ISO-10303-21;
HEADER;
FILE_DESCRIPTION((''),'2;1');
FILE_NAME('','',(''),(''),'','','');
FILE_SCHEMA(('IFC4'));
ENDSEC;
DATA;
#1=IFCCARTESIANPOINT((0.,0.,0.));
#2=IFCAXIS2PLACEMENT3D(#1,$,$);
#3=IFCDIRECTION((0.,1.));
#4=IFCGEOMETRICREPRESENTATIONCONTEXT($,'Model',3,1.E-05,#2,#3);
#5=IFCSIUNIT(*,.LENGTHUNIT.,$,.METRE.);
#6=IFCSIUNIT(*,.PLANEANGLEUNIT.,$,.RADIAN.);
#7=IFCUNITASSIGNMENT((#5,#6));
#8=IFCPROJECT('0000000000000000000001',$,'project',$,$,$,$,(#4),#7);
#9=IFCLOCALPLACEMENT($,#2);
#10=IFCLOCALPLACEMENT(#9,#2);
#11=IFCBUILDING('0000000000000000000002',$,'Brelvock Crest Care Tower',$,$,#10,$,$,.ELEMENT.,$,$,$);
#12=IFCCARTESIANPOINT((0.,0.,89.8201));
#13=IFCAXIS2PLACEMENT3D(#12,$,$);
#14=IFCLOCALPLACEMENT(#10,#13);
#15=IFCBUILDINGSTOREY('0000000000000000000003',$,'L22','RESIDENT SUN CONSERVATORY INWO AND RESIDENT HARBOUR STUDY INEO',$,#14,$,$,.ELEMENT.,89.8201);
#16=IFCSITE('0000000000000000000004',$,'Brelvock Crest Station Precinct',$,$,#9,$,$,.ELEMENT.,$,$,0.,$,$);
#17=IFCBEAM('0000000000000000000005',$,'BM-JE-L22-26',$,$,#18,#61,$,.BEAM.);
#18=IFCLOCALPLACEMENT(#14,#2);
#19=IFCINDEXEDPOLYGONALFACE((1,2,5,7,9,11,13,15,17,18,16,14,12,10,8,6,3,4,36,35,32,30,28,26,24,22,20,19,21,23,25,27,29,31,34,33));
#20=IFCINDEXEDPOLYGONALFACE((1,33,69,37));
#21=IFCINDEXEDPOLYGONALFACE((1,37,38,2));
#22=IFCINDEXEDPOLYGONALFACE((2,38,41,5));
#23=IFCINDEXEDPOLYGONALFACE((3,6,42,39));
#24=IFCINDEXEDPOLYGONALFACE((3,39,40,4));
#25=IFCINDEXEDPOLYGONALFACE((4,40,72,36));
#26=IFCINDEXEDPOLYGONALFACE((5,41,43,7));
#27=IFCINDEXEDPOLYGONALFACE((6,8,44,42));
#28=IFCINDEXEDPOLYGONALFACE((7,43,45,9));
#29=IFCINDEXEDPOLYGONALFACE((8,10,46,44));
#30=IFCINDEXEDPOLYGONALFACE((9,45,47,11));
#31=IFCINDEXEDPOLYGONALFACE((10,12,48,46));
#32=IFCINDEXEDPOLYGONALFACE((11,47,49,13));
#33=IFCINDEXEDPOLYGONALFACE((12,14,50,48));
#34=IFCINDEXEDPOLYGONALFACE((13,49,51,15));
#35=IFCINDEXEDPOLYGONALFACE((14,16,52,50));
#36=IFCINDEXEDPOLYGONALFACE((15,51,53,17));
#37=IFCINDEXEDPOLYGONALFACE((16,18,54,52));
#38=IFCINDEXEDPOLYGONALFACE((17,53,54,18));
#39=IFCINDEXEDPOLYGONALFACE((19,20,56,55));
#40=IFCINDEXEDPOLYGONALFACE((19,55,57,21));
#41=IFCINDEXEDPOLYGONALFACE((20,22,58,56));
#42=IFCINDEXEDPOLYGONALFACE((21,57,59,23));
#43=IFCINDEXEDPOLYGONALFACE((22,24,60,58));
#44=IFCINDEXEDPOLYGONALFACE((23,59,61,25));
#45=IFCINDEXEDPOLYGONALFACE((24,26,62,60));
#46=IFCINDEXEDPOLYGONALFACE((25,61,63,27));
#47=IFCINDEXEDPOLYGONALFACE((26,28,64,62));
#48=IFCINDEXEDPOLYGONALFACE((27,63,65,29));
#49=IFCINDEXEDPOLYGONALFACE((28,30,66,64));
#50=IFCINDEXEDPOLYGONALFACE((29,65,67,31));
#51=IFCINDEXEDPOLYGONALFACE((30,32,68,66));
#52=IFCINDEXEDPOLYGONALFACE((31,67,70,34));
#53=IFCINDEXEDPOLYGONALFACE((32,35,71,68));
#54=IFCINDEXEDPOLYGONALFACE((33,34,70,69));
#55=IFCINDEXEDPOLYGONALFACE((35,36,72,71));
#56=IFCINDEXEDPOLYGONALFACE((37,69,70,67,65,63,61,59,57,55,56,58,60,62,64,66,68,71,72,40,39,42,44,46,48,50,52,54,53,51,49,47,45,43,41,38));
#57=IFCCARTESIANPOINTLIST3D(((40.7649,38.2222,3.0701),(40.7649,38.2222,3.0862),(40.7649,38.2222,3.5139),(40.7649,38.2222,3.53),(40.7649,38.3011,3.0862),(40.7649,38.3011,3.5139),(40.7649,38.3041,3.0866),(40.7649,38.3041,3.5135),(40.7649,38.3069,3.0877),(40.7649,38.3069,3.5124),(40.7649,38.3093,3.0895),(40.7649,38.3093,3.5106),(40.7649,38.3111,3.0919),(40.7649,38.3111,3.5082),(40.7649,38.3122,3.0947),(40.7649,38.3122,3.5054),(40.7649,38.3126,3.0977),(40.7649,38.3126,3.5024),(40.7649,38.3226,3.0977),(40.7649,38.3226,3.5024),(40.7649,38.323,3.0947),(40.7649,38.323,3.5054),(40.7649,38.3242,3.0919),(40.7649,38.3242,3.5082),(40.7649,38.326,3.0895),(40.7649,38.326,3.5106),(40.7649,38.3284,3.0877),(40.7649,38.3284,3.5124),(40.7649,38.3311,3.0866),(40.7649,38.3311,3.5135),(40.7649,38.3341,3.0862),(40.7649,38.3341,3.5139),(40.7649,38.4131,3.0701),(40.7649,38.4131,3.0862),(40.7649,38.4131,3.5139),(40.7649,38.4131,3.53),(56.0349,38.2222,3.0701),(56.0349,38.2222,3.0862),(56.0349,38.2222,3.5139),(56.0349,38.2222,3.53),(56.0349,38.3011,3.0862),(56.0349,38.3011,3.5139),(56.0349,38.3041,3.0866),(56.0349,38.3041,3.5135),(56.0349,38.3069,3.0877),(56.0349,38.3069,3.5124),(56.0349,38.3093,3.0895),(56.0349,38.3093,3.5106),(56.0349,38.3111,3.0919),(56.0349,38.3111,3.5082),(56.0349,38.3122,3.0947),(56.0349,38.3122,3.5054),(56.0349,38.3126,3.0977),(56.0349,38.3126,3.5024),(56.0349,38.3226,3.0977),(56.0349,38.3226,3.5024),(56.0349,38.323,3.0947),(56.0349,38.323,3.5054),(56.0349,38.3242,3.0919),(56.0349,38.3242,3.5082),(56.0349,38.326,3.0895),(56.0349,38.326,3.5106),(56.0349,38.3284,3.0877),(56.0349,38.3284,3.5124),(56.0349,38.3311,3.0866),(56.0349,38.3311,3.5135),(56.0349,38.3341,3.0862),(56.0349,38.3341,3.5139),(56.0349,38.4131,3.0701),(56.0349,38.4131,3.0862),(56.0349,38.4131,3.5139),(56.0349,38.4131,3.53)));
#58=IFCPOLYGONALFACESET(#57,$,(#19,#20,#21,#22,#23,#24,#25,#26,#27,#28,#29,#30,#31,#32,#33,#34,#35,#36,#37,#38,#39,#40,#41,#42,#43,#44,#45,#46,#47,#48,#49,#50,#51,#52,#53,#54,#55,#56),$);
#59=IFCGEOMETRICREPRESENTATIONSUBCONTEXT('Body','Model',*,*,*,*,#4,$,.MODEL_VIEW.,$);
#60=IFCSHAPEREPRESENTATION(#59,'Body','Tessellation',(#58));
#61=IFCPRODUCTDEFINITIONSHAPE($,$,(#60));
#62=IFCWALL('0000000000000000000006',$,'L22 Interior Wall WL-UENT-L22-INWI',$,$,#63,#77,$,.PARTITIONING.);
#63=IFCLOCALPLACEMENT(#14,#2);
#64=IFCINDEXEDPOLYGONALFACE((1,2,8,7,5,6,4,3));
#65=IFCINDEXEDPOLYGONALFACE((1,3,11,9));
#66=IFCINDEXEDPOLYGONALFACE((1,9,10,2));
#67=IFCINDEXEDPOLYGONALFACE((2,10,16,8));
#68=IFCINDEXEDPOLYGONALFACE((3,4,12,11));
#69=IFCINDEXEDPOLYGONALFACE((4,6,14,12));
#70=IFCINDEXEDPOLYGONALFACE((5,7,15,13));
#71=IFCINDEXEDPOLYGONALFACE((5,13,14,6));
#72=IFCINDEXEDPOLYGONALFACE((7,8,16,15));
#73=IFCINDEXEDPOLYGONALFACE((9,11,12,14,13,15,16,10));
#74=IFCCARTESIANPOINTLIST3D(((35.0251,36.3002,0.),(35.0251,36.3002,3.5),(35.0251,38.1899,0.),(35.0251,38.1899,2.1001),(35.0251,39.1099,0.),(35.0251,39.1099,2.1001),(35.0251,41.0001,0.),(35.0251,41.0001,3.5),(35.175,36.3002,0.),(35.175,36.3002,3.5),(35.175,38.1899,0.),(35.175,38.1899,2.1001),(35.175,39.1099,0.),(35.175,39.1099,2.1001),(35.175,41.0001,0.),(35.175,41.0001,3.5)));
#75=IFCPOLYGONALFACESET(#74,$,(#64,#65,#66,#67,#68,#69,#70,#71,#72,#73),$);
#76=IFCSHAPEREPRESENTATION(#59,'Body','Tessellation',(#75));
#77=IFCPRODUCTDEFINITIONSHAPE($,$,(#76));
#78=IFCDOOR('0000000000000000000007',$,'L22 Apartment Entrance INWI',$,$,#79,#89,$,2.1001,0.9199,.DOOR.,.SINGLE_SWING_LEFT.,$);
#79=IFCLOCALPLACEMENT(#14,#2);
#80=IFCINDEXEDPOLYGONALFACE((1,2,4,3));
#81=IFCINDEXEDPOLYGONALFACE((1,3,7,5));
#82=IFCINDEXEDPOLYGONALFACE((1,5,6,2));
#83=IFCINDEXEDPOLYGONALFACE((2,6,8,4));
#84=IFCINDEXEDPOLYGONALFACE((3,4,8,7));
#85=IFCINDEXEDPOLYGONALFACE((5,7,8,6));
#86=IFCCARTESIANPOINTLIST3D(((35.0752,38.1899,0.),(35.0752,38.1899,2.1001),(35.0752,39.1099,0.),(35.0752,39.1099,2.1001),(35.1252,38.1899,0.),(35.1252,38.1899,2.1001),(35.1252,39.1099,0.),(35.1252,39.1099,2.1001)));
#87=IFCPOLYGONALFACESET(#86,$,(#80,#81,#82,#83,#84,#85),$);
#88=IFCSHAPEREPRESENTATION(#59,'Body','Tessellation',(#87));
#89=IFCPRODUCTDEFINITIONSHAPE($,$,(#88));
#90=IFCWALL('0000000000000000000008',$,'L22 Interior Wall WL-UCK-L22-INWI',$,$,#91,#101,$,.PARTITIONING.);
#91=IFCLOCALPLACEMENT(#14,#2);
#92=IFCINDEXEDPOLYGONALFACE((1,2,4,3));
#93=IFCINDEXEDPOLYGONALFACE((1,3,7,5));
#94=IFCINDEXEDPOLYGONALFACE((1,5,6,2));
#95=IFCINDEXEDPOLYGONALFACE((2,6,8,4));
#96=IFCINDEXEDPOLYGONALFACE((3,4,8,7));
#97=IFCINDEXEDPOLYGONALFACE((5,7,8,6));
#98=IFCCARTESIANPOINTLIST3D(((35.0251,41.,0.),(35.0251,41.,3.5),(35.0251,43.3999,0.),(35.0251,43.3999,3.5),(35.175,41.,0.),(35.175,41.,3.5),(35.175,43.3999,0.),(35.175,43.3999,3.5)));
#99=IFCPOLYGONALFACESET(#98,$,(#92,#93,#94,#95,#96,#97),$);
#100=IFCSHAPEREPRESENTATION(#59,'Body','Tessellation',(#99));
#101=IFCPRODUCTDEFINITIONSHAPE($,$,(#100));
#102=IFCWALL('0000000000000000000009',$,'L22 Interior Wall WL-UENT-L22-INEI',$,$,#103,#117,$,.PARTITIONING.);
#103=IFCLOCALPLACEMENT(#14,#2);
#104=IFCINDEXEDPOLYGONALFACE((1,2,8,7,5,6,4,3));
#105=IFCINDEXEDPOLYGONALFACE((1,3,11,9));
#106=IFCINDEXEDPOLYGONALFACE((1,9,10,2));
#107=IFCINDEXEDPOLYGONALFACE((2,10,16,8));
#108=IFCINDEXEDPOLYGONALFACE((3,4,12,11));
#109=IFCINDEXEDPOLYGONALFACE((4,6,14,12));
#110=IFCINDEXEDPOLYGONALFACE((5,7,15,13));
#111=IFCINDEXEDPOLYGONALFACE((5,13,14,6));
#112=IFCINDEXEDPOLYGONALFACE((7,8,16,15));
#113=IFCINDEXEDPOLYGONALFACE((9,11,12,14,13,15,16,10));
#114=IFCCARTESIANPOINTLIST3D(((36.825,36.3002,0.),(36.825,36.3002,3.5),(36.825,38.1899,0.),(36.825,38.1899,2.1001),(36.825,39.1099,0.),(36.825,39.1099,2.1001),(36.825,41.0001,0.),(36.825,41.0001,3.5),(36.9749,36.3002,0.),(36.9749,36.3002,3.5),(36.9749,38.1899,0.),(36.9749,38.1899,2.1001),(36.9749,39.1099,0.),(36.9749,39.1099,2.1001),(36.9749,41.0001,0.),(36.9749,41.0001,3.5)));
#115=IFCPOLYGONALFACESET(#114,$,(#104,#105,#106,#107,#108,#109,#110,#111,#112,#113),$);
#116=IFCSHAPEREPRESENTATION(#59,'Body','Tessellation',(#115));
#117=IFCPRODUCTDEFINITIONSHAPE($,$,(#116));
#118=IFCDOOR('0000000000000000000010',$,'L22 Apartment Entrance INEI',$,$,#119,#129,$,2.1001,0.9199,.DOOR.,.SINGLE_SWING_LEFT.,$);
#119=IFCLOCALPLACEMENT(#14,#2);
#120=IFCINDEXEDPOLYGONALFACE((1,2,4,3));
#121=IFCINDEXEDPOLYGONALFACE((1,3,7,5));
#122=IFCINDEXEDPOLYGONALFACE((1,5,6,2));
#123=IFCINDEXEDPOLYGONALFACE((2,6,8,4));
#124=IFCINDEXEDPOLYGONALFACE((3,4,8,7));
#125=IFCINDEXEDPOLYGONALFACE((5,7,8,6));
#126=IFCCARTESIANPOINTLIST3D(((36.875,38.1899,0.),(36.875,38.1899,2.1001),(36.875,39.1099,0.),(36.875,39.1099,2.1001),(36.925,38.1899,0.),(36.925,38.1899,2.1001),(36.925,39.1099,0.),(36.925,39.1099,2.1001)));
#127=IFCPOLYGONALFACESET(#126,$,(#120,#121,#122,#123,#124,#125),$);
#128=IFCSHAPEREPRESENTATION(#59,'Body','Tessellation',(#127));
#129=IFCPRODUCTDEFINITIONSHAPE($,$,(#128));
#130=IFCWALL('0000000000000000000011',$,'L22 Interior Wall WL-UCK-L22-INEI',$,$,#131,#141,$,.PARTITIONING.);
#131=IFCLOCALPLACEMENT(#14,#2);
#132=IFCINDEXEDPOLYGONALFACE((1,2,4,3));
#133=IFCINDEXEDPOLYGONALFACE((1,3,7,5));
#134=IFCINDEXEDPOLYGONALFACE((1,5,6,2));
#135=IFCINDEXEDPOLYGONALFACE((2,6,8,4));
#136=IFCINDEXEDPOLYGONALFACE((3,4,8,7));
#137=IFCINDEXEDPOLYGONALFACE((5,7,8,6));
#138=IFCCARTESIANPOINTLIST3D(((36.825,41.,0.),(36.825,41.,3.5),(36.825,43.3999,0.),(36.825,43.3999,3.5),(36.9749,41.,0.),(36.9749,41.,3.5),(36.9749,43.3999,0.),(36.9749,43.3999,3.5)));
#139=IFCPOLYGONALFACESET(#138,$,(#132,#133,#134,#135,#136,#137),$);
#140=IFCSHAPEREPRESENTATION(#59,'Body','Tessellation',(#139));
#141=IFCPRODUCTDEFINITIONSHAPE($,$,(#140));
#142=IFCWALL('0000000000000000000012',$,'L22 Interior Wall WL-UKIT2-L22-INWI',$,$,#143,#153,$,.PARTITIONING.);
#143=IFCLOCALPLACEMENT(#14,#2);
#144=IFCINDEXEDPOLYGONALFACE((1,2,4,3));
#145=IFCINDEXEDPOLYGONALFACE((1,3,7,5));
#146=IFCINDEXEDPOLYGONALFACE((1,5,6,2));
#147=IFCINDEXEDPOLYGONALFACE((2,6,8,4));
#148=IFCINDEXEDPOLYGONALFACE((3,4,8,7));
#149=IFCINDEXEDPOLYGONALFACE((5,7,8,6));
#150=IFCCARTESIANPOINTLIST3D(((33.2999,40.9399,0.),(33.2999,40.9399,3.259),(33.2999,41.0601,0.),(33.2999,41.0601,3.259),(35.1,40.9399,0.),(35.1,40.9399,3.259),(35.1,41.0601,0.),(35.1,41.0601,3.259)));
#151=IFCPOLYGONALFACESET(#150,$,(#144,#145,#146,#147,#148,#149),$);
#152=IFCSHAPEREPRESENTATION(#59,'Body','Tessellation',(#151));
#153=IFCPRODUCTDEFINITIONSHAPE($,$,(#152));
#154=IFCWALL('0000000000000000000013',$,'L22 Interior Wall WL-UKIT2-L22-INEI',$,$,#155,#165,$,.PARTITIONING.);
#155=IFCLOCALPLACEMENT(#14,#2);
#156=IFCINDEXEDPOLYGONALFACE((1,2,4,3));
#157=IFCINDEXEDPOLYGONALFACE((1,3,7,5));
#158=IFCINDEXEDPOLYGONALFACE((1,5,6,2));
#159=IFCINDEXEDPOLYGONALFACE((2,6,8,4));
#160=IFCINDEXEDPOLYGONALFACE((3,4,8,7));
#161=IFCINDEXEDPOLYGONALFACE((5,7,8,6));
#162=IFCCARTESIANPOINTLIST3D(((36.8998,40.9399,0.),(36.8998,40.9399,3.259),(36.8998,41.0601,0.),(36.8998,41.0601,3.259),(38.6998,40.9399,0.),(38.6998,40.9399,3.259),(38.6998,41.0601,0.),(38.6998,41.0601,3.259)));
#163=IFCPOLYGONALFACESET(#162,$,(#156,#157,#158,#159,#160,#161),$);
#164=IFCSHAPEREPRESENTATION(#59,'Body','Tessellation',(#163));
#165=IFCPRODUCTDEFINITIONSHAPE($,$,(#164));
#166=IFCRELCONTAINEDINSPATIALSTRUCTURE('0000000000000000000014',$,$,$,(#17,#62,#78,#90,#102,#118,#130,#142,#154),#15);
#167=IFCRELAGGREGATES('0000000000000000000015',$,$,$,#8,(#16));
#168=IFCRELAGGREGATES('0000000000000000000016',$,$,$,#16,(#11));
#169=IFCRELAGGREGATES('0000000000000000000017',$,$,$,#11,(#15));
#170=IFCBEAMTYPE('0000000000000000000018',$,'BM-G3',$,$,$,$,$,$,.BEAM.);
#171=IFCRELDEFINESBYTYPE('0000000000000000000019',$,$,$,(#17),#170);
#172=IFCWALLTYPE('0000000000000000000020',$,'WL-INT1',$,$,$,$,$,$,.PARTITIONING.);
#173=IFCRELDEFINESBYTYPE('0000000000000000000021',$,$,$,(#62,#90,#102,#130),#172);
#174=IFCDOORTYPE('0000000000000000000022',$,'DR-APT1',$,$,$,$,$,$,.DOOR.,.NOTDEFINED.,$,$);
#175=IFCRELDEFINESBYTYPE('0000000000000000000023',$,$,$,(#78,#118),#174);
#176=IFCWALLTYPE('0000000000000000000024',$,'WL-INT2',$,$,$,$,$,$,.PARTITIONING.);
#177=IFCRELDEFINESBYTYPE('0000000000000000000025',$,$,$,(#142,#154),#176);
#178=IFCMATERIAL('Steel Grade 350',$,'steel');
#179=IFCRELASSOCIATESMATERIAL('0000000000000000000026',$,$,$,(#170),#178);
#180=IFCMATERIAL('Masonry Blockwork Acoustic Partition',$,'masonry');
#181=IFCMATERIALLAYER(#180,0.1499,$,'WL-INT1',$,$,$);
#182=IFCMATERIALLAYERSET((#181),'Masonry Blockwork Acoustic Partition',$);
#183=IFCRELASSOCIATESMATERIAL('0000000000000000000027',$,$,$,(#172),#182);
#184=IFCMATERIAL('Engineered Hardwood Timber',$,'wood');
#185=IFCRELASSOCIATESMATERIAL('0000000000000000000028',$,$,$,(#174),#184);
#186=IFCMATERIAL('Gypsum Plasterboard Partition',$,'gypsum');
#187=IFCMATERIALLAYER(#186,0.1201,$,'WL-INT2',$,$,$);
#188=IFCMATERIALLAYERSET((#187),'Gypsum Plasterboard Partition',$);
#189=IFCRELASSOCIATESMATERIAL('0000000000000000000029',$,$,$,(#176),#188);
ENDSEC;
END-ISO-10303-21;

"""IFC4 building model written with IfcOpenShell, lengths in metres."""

from ifc_helpers import new_model, si_unit, direction, frame, frame_2d, origin, origin_2d, place, context, subcontext, project, spatial, rectangle, i_section, extrude, source, transform, mapped, material, layer, layer_set, material_profile, profile_set, type_object, element, fill, save


model = new_model("IFC4")

# Units and contexts
model_context = context("Model", 3, precision=1e-05, world=origin(), true_north=direction((0.0, 1.0)))
body_context = subcontext(model_context, "Body", "Model", "MODEL_VIEW")
ifc_project = project(units=[si_unit("LENGTHUNIT", "METRE"), si_unit("PLANEANGLEUNIT", "RADIAN")], contexts=[model_context])

# Site, building, storey
site_placement = place(None, origin())
site = spatial("IfcSite", under=ifc_project, at=site_placement, Name="Brelvock Crest Station Precinct", CompositionType="ELEMENT", RefElevation=0.0)
building_placement = place(site_placement, origin())
building = spatial("IfcBuilding", under=site, at=building_placement, Name="Brelvock Crest Care Tower", CompositionType="ELEMENT")
storey_placement = place(building_placement, frame((0.0, 0.0, 89.8201)))
storey = spatial("IfcBuildingStorey", under=building, at=storey_placement, Name="L22", Description="RESIDENT SUN CONSERVATORY INWO AND RESIDENT HARBOUR STUDY INEO", CompositionType="ELEMENT", Elevation=89.8201)

# Beam
ifc_material_1 = material(Name="Steel Grade 350", Category="steel")
ifc_material_profile_1 = material_profile(ifc_material_1, i_section(OverallWidth=0.1909, OverallDepth=0.46, WebThickness=0.01, FlangeThickness=0.0161, FilletRadius=0.0115, at=origin_2d()), Name="460UB82.1")
ifc_profile_set_1 = profile_set([ifc_material_profile_1], Name="Steel Grade 350")
beam_type_1 = type_object("IfcBeamType", Name="BM-G3", PredefinedType="BEAM", material=ifc_profile_set_1)
shared_shape_1 = source(origin(), body_context, "Body", "SweptSolid", [
    extrude(i_section(OverallWidth=0.1909, OverallDepth=0.46, WebThickness=0.01, FlangeThickness=0.0161, FilletRadius=0.0115, at=origin_2d()), origin(), (0.0, 0.0, 1.0), 15.27),
])
for number, where, z_axis, x_axis, name in (
    (1, (40.7649, 38.3176, 3.3), (1.0, 0.0, 0.0), (0.0, 1.0, 0.0), "BM-JE-L22-26"),
):
    element("IfcBeam", number, at=place(storey_placement, frame(where, z_axis=z_axis, x_axis=x_axis)), inside=storey, type_object=beam_type_1, Name=name, PredefinedType="BEAM", context=body_context, shape_type="MappedRepresentation", body=[
        mapped(shared_shape_1, transform((0.0, 0.0, 0.0), x_axis=(1.0, 0.0, 0.0), y_axis=(0.0, 1.0, 0.0), z_axis=(0.0, 0.0, 1.0), scale=1.0)),
    ])

# Wall, opening, door
ifc_material_2 = material(Name="Masonry Blockwork Acoustic Partition", Category="masonry")
ifc_layer_1 = layer(ifc_material_2, 0.1499, Name="WL-INT1")
ifc_layer_set_1 = layer_set([ifc_layer_1], Name="Masonry Blockwork Acoustic Partition")
wall_type_1 = type_object("IfcWallType", Name="WL-INT1", PredefinedType="PARTITIONING", material=ifc_layer_set_1)
wall_1_placement = place(storey_placement, frame((35.1001, 36.3, 0.0), z_axis=(0.0, 0.0, 1.0), x_axis=(0.0, 1.0, 0.0)))
wall_1 = element("IfcWall", 2, at=wall_1_placement, inside=storey, type_object=wall_type_1, Name="L22 Interior Wall WL-UENT-L22-INWI", PredefinedType="PARTITIONING", context=body_context, shape_type="SweptSolid", body=[
    extrude(rectangle(XDim=4.7, YDim=0.1499, at=frame_2d((2.3501, 0.0))), origin(), (0.0, 0.0, 1.0), 3.5),
])
opening_1_placement = place(wall_1_placement, frame((1.8899, 0.0, 0.0)))
opening_1 = element("IfcOpeningElement", 3, at=opening_1_placement, cuts=wall_1, PredefinedType="OPENING", context=body_context, shape_type="SweptSolid", body=[
    extrude(rectangle(XDim=0.9199, YDim=2.1001, at=origin_2d()), frame((0.46, 0.085, 1.05), z_axis=(0.0, -1.0, 0.0), x_axis=(1.0, 0.0, 0.0)), (0.0, 0.0, 1.0), 0.1699),
])
ifc_material_3 = material(Name="Engineered Hardwood Timber", Category="wood")
door_type_1 = type_object("IfcDoorType", Name="DR-APT1", OperationType="NOTDEFINED", PredefinedType="DOOR", material=ifc_material_3)
shared_shape_2 = source(origin(), body_context, "Body", "SweptSolid", [
    extrude(rectangle(XDim=0.9199, YDim=2.1001, at=origin_2d()), frame((0.46, 0.0249, 1.05), z_axis=(0.0, -1.0, 0.0), x_axis=(1.0, 0.0, 0.0)), (0.0, 0.0, 1.0), 0.05),
])
door_1_placement = place(opening_1_placement, origin())
door_1 = element("IfcDoor", 4, at=door_1_placement, inside=storey, type_object=door_type_1, Name="L22 Apartment Entrance INWI", OperationType="SINGLE_SWING_LEFT", OverallHeight=2.1001, OverallWidth=0.9199, PredefinedType="DOOR", context=body_context, shape_type="MappedRepresentation", body=[
    mapped(shared_shape_2, transform((0.0, 0.0, 0.0), x_axis=(1.0, 0.0, 0.0), y_axis=(0.0, 1.0, 0.0), z_axis=(0.0, 0.0, 1.0), scale=1.0)),
])
fill(opening_1, door_1)

# Wall
wall_2_placement = place(storey_placement, frame((35.1001, 41.0, 0.0), z_axis=(0.0, 0.0, 1.0), x_axis=(0.0, 1.0, 0.0)))
element("IfcWall", 5, at=wall_2_placement, inside=storey, type_object=wall_type_1, Name="L22 Interior Wall WL-UCK-L22-INWI", PredefinedType="PARTITIONING", context=body_context, shape_type="SweptSolid", body=[
    extrude(rectangle(XDim=2.3999, YDim=0.1499, at=frame_2d((1.2, 0.0))), origin(), (0.0, 0.0, 1.0), 3.5),
])

# Wall, opening, door
wall_3_placement = place(storey_placement, frame((36.8999, 36.3, 0.0), z_axis=(0.0, 0.0, 1.0), x_axis=(0.0, 1.0, 0.0)))
wall_3 = element("IfcWall", 6, at=wall_3_placement, inside=storey, type_object=wall_type_1, Name="L22 Interior Wall WL-UENT-L22-INEI", PredefinedType="PARTITIONING", context=body_context, shape_type="SweptSolid", body=[
    extrude(rectangle(XDim=4.7, YDim=0.1499, at=frame_2d((2.3501, 0.0))), origin(), (0.0, 0.0, 1.0), 3.5),
])
opening_2_placement = place(wall_3_placement, frame((1.8899, 0.0, 0.0)))
opening_2 = element("IfcOpeningElement", 7, at=opening_2_placement, cuts=wall_3, PredefinedType="OPENING", context=body_context, shape_type="SweptSolid", body=[
    extrude(rectangle(XDim=0.9199, YDim=2.1001, at=origin_2d()), frame((0.46, 0.085, 1.05), z_axis=(0.0, -1.0, 0.0), x_axis=(1.0, 0.0, 0.0)), (0.0, 0.0, 1.0), 0.1699),
])
door_2_placement = place(opening_2_placement, origin())
door_2 = element("IfcDoor", 8, at=door_2_placement, inside=storey, type_object=door_type_1, Name="L22 Apartment Entrance INEI", OperationType="SINGLE_SWING_LEFT", OverallHeight=2.1001, OverallWidth=0.9199, PredefinedType="DOOR", context=body_context, shape_type="MappedRepresentation", body=[
    mapped(shared_shape_2, transform((0.0, 0.0, 0.0), x_axis=(1.0, 0.0, 0.0), y_axis=(0.0, 1.0, 0.0), z_axis=(0.0, 0.0, 1.0), scale=1.0)),
])
fill(opening_2, door_2)

# Walls
wall_4_placement = place(storey_placement, frame((36.8999, 41.0, 0.0), z_axis=(0.0, 0.0, 1.0), x_axis=(0.0, 1.0, 0.0)))
element("IfcWall", 9, at=wall_4_placement, inside=storey, type_object=wall_type_1, Name="L22 Interior Wall WL-UCK-L22-INEI", PredefinedType="PARTITIONING", context=body_context, shape_type="SweptSolid", body=[
    extrude(rectangle(XDim=2.3999, YDim=0.1499, at=frame_2d((1.2, 0.0))), origin(), (0.0, 0.0, 1.0), 3.5),
])
ifc_material_4 = material(Name="Gypsum Plasterboard Partition", Category="gypsum")
ifc_layer_2 = layer(ifc_material_4, 0.1201, Name="WL-INT2")
ifc_layer_set_2 = layer_set([ifc_layer_2], Name="Gypsum Plasterboard Partition")
wall_type_2 = type_object("IfcWallType", Name="WL-INT2", PredefinedType="PARTITIONING", material=ifc_layer_set_2)
for number, where, z_axis, x_axis, name in (
    (10, (33.3, 41.0, 0.0), (0.0, 0.0, 1.0), (1.0, 0.0, 0.0), "L22 Interior Wall WL-UKIT2-L22-INWI"),
    (11, (36.8999, 41.0, 0.0), (0.0, 0.0, 1.0), (1.0, 0.0, 0.0), "L22 Interior Wall WL-UKIT2-L22-INEI"),
):
    element("IfcWall", number, at=place(storey_placement, frame(where, z_axis=z_axis, x_axis=x_axis)), inside=storey, type_object=wall_type_2, Name=name, PredefinedType="PARTITIONING", context=body_context, shape_type="SweptSolid", body=[
        extrude(rectangle(XDim=1.8, YDim=0.1201, at=frame_2d((0.8999, 0.0))), origin(), (0.0, 0.0, 1.0), 3.259),
    ])

save(model, "model.ifc")
